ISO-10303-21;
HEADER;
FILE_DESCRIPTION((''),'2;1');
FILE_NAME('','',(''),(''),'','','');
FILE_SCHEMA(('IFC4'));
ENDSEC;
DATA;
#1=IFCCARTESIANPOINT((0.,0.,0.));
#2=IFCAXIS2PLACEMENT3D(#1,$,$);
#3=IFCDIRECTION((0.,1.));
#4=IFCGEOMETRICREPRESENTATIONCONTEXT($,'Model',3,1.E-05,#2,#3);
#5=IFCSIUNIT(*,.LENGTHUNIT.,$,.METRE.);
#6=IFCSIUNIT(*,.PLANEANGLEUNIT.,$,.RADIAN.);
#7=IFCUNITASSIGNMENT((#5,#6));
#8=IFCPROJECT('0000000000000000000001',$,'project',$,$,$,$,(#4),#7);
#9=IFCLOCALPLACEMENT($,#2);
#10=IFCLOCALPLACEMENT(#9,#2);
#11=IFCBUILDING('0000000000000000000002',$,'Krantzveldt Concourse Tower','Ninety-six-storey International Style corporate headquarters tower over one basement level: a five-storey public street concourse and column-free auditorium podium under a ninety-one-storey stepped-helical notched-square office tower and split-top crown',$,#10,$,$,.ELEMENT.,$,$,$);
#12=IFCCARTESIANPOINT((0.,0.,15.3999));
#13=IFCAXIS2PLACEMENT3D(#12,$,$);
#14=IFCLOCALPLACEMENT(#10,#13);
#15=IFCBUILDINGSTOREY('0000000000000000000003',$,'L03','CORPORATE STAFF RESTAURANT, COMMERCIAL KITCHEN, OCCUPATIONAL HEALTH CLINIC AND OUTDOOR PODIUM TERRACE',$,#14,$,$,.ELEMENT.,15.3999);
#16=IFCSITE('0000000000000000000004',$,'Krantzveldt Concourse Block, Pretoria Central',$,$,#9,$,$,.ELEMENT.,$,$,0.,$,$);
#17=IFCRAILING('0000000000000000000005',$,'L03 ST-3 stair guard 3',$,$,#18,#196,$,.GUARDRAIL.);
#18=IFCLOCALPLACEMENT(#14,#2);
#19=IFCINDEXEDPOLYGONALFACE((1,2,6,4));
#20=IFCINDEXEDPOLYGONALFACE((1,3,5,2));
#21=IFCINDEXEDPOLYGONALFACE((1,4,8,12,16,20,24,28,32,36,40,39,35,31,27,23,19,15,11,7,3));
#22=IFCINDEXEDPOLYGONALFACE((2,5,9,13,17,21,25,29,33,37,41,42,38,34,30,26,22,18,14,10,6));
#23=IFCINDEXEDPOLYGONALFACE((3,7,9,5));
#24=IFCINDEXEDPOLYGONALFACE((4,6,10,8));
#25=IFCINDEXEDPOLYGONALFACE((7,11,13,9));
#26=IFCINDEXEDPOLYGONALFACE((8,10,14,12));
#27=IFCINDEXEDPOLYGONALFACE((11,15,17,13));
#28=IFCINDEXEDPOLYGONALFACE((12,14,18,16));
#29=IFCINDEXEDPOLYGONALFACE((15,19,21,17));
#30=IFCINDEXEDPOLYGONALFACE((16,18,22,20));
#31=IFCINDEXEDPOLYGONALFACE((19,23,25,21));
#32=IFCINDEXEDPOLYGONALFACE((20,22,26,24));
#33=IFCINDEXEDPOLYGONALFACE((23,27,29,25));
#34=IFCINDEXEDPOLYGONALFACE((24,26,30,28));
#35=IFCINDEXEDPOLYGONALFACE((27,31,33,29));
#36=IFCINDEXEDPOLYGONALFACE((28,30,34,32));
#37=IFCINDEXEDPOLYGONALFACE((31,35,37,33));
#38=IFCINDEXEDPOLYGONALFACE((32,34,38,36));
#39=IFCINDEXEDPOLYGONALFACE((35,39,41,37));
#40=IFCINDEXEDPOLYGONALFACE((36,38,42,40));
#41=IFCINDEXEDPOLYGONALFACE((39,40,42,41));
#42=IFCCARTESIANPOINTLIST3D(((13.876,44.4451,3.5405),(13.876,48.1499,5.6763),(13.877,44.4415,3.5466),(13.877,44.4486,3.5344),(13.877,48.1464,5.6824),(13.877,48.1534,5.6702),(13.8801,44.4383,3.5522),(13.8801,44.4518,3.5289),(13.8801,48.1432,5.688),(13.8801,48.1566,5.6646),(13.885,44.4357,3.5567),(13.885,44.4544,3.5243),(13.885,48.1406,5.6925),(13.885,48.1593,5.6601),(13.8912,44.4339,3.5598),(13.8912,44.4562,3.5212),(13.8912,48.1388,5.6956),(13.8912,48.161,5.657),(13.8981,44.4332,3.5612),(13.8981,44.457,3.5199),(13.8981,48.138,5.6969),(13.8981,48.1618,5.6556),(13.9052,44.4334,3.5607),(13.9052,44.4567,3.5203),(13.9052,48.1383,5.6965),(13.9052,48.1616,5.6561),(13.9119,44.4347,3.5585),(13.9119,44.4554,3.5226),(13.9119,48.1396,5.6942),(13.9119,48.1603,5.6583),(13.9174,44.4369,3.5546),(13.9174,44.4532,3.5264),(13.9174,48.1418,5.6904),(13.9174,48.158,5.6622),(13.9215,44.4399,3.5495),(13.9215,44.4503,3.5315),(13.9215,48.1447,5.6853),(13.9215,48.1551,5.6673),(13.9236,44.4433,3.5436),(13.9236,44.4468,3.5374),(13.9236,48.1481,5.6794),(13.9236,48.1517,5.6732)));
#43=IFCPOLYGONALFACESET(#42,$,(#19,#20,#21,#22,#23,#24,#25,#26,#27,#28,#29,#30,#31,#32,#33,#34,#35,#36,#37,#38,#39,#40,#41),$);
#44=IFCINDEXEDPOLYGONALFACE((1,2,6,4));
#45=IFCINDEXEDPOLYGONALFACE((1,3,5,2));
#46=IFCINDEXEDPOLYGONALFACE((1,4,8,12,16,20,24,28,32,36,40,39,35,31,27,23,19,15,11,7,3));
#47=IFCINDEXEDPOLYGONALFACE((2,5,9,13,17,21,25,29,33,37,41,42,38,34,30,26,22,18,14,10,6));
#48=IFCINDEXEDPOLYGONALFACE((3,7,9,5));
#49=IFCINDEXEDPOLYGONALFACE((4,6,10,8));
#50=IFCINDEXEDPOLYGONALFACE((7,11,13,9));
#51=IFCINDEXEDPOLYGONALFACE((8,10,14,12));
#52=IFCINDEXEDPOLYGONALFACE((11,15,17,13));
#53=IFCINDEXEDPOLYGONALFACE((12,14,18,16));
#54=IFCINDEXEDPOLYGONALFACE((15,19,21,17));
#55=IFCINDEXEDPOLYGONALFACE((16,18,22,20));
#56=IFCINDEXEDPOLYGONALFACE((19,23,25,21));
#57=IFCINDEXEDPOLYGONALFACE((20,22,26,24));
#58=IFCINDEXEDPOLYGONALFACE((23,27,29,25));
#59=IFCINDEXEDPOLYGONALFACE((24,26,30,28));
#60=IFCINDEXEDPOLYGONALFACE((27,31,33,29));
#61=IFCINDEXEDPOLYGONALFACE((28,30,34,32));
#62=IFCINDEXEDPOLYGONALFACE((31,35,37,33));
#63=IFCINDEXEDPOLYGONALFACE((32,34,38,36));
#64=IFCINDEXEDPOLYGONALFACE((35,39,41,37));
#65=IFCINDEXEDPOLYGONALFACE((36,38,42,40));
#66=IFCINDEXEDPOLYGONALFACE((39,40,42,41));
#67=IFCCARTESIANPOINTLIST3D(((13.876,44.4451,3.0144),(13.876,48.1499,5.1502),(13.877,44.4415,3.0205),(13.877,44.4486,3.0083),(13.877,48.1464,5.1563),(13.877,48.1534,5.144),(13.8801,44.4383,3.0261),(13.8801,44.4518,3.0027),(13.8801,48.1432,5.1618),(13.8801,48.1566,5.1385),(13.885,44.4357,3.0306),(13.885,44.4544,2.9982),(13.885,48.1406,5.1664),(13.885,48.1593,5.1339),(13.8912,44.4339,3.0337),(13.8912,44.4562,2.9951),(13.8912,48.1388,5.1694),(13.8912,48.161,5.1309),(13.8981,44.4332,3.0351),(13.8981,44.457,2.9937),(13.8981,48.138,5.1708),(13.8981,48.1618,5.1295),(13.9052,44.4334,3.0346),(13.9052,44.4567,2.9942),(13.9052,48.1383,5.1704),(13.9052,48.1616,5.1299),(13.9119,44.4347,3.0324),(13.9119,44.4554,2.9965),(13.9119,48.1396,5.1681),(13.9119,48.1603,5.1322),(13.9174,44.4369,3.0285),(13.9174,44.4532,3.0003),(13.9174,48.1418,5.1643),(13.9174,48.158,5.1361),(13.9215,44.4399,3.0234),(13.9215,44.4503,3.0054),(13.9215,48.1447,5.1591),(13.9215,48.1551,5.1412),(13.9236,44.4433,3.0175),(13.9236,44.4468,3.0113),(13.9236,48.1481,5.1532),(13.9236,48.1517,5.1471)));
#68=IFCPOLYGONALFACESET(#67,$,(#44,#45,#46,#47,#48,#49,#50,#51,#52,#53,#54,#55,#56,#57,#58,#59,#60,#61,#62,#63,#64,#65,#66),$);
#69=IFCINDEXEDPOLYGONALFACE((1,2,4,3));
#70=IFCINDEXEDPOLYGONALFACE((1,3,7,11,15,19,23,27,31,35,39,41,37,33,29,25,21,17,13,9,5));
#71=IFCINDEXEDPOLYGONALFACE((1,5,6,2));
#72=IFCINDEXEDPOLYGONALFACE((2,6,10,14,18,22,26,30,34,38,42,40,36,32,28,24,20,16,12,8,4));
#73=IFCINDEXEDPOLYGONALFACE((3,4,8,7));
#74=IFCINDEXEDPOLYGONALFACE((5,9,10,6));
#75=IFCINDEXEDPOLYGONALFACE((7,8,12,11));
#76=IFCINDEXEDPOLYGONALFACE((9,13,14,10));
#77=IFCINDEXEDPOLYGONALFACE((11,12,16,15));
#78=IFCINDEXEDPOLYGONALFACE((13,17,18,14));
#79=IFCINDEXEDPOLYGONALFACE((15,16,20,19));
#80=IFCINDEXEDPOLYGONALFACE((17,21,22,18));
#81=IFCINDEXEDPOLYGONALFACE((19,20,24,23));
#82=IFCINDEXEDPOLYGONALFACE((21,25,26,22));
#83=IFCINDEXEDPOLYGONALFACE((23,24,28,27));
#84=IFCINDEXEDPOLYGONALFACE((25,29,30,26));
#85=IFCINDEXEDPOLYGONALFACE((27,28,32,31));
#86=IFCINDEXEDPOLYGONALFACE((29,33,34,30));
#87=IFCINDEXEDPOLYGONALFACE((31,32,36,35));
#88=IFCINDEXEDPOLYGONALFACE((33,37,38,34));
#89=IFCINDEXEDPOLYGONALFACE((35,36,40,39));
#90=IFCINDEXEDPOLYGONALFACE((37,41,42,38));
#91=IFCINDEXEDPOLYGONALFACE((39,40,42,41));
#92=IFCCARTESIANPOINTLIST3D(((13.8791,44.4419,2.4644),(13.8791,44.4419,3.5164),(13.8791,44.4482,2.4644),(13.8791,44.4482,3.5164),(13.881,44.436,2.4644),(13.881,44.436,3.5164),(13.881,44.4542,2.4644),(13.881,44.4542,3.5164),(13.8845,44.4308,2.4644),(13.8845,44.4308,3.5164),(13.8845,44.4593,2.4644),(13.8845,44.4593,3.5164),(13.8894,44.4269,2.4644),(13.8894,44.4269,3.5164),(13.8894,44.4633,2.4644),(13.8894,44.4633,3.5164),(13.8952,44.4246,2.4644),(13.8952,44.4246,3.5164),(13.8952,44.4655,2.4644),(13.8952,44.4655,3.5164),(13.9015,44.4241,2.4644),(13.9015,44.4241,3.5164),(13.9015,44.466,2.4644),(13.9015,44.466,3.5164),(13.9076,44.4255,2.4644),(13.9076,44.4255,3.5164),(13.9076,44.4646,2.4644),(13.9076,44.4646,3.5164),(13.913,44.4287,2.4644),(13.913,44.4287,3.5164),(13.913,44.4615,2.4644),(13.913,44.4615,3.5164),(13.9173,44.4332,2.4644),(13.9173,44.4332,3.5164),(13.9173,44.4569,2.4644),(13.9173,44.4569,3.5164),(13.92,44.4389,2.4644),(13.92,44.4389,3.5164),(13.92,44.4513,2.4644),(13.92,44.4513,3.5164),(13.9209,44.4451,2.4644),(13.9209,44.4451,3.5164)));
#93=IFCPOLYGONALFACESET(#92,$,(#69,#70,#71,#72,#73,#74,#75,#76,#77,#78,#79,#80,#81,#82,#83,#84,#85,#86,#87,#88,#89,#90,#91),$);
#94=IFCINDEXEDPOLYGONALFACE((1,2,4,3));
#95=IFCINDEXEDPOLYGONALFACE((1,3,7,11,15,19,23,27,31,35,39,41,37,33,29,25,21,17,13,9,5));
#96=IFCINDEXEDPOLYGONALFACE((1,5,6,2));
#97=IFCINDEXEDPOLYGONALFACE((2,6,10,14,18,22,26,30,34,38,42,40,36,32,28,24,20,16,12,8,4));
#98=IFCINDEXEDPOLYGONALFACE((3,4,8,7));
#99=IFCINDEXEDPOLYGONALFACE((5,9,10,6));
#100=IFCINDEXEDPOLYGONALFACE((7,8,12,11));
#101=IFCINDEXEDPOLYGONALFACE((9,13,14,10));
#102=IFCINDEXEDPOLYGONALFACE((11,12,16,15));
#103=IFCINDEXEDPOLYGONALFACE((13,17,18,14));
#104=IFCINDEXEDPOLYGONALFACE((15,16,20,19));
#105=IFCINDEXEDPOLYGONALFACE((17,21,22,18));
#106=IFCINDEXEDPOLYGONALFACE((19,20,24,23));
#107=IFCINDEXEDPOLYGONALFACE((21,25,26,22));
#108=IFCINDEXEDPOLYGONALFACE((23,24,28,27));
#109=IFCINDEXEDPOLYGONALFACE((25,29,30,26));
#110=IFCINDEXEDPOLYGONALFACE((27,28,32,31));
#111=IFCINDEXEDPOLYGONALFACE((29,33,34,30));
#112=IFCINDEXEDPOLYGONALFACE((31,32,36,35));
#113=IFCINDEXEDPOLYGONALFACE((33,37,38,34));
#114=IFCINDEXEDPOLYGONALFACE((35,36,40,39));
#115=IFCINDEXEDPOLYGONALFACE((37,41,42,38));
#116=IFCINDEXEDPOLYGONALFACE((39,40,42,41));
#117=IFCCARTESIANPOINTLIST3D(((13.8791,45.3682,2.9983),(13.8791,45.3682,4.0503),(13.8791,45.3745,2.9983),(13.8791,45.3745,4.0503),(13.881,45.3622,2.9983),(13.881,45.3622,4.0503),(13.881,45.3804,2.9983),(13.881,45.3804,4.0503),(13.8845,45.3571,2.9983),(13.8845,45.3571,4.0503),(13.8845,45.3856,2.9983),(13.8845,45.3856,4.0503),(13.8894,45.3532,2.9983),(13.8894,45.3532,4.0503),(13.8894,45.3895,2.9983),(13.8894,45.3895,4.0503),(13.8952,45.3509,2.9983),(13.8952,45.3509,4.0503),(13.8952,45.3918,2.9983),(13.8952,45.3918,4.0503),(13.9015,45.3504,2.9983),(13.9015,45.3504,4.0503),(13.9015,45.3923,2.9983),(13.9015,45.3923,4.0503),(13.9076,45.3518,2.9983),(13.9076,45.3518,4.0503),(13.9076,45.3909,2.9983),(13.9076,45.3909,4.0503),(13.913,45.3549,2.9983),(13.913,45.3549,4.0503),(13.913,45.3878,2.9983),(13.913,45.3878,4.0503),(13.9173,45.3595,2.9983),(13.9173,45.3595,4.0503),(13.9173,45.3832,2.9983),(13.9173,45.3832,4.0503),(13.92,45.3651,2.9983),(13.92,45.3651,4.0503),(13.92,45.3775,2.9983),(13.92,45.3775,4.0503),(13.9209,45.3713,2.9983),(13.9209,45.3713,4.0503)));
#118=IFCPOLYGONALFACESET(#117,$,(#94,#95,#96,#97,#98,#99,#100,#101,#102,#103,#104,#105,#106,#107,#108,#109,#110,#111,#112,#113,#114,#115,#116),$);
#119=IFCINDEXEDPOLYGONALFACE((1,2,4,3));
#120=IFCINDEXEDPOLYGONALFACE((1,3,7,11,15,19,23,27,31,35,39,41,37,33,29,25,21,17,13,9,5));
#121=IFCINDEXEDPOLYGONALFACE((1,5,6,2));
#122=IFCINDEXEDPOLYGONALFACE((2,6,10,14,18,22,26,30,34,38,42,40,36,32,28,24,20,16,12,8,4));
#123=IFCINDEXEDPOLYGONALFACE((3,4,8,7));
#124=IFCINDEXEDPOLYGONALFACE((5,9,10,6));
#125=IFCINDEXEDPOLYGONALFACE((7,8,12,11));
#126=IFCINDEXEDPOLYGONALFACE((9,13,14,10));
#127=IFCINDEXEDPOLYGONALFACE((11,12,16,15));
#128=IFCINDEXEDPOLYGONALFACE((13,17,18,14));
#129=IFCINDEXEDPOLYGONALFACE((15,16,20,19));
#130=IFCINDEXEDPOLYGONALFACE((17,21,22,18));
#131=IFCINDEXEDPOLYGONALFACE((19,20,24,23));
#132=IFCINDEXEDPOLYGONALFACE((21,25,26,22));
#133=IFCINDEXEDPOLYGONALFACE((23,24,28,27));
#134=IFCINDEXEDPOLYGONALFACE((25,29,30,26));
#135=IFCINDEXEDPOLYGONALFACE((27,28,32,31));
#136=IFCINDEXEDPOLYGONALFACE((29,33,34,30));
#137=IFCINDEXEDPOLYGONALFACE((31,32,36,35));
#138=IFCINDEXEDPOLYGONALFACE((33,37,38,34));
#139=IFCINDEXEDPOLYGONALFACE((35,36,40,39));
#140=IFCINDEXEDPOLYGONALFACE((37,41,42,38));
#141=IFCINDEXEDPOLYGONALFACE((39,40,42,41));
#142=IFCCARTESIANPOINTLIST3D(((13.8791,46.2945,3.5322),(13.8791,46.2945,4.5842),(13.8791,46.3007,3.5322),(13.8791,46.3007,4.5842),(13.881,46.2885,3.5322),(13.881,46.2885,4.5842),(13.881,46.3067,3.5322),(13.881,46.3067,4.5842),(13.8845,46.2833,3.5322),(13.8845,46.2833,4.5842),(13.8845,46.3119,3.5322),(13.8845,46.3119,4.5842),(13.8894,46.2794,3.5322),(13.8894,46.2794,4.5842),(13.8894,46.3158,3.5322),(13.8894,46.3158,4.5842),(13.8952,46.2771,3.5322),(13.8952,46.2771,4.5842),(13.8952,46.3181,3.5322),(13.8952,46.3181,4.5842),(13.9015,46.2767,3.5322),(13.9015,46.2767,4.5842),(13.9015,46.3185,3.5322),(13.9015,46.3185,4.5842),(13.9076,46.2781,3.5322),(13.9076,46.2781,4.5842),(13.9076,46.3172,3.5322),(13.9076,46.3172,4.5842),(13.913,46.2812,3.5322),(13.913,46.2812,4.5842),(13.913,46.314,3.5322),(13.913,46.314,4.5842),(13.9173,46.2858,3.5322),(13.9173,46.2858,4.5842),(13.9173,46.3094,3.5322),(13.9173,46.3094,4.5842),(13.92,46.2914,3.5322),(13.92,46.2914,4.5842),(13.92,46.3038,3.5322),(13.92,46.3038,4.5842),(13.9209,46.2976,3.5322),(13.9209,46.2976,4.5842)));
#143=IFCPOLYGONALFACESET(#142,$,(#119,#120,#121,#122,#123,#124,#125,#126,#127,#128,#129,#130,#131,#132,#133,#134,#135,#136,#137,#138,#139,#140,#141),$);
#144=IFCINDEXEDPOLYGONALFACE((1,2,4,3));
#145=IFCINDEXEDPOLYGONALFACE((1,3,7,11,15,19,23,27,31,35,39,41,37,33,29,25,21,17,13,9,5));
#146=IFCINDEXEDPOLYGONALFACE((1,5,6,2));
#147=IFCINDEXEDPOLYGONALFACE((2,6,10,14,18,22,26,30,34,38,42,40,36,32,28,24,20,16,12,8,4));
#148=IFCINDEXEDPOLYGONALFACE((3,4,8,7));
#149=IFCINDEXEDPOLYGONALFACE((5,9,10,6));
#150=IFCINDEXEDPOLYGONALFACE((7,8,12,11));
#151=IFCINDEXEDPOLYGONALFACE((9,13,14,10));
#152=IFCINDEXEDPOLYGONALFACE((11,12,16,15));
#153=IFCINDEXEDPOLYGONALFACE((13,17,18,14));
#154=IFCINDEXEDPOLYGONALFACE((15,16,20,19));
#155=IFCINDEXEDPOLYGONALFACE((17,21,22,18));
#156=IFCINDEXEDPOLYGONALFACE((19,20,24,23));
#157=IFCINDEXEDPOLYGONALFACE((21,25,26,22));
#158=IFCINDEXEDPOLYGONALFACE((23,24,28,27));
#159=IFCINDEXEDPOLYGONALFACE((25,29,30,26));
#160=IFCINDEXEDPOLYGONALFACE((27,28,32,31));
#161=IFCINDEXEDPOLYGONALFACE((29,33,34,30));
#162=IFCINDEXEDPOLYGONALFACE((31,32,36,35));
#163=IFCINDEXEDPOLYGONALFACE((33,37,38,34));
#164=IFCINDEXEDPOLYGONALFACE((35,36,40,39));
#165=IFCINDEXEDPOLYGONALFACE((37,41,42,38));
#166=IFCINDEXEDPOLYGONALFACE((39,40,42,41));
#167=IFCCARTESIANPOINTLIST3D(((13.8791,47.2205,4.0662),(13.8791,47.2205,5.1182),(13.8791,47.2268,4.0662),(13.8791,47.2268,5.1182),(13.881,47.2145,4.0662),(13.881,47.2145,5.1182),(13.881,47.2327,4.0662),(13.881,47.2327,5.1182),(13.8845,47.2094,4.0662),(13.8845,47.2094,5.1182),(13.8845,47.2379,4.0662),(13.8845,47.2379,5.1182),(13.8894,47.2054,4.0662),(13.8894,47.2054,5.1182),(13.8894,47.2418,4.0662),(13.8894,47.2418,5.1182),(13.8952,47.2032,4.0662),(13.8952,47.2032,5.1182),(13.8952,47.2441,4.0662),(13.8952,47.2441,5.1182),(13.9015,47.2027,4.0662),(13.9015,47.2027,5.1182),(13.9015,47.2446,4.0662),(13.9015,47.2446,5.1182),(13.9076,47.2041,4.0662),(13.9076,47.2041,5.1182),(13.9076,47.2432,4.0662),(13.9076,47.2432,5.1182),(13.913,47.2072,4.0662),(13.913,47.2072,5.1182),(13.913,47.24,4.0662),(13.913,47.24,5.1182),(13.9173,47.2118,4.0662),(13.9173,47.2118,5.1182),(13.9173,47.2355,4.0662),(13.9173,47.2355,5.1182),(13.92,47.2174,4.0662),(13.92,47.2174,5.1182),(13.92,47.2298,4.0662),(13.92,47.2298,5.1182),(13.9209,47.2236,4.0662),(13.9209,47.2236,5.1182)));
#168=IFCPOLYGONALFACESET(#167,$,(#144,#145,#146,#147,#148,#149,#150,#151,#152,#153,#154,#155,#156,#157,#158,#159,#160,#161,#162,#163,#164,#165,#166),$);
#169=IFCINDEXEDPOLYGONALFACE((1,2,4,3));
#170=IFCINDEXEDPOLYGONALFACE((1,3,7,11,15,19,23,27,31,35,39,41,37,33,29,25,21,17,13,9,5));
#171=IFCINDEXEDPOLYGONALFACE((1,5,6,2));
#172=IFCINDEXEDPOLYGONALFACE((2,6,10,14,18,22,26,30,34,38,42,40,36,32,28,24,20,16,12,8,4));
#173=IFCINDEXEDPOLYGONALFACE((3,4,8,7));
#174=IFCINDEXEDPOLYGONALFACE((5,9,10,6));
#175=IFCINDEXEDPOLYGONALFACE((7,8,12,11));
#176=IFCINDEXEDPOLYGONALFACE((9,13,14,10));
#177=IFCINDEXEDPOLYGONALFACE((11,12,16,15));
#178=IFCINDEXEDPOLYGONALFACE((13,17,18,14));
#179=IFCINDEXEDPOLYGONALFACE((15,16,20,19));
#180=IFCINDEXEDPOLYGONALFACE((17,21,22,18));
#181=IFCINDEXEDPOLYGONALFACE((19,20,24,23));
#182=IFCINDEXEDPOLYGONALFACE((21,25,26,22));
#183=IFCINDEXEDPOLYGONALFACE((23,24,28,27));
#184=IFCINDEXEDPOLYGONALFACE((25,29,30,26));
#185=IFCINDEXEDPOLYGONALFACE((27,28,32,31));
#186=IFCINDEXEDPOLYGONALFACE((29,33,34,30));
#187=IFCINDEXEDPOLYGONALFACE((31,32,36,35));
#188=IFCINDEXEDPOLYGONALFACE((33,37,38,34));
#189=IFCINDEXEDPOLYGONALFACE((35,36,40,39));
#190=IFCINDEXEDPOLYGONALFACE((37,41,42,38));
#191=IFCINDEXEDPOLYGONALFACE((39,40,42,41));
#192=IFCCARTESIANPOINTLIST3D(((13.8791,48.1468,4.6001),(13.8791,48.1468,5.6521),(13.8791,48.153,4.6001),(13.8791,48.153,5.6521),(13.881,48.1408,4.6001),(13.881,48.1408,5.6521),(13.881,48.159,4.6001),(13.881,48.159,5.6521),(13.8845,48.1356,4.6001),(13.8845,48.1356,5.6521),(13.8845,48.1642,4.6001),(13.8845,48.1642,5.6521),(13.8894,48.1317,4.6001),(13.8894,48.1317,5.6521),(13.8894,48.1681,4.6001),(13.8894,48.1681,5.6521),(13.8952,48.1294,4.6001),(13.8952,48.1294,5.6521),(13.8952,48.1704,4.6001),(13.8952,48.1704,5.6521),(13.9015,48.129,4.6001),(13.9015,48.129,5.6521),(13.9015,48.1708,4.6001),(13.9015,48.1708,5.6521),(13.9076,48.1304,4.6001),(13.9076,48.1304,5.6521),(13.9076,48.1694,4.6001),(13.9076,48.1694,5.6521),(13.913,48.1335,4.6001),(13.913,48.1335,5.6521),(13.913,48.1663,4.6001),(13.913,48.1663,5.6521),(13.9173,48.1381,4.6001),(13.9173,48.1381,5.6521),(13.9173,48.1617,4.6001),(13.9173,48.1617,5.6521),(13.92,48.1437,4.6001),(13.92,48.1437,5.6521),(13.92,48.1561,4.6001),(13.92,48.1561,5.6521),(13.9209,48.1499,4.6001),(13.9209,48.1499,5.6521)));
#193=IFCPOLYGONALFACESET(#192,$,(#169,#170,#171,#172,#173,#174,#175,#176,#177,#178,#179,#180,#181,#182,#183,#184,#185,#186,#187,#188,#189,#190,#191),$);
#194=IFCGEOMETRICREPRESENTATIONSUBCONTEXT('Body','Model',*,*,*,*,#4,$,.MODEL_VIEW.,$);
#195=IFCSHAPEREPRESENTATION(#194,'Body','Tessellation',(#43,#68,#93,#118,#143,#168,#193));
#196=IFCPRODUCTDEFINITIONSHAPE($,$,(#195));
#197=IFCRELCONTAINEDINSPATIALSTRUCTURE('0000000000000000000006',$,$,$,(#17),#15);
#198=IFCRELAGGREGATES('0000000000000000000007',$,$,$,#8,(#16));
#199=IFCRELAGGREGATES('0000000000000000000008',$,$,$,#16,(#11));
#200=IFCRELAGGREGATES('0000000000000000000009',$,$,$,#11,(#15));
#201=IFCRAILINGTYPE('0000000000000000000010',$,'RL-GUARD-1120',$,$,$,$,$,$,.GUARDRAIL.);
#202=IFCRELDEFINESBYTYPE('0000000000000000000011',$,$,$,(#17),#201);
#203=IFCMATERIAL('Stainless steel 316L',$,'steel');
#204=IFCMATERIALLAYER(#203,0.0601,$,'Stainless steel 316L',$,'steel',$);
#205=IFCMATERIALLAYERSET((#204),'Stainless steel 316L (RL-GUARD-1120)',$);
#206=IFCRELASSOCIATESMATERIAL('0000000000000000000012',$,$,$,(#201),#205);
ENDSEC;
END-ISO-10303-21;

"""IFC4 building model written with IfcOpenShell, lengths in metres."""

from ifc_helpers import new_model, si_unit, direction, frame, origin, origin_2d, place, context, subcontext, project, spatial, circle, extrude, material, layer, layer_set, type_object, element, save


model = new_model("IFC4")

# Units and contexts
model_context = context("Model", 3, precision=1e-05, world=origin(), true_north=direction((0.0, 1.0)))
body_context = subcontext(model_context, "Body", "Model", "MODEL_VIEW")
ifc_project = project(units=[si_unit("LENGTHUNIT", "METRE"), si_unit("PLANEANGLEUNIT", "RADIAN")], contexts=[model_context])

# Site, building, storey
site_placement = place(None, origin())
site = spatial("IfcSite", under=ifc_project, at=site_placement, Name="Krantzveldt Concourse Block, Pretoria Central", CompositionType="ELEMENT", RefElevation=0.0)
building_placement = place(site_placement, origin())
building = spatial("IfcBuilding", under=site, at=building_placement, Name="Krantzveldt Concourse Tower", Description="Ninety-six-storey International Style corporate headquarters tower over one basement level: a five-storey public street concourse and column-free auditorium podium under a ninety-one-storey stepped-helical notched-square office tower and split-top crown", CompositionType="ELEMENT")
storey_placement = place(building_placement, frame((0.0, 0.0, 15.3999)))
storey = spatial("IfcBuildingStorey", under=building, at=storey_placement, Name="L03", Description="CORPORATE STAFF RESTAURANT, COMMERCIAL KITCHEN, OCCUPATIONAL HEALTH CLINIC AND OUTDOOR PODIUM TERRACE", CompositionType="ELEMENT", Elevation=15.3999)

# Railing
ifc_material_1 = material(Name="Stainless steel 316L", Category="steel")
ifc_layer_1 = layer(ifc_material_1, 0.0601, Name="Stainless steel 316L", Category="steel")
ifc_layer_set_1 = layer_set([ifc_layer_1], Name="Stainless steel 316L (RL-GUARD-1120)")
railing_type_1 = type_object("IfcRailingType", Name="RL-GUARD-1120", PredefinedType="GUARDRAIL", material=ifc_layer_set_1)
railing_1_placement = place(storey_placement, frame((13.8999, 44.4451, 2.4644)))
element("IfcRailing", 1, at=railing_1_placement, inside=storey, type_object=railing_type_1, Name="L03 ST-3 stair guard 3", PredefinedType="GUARDRAIL", context=body_context, shape_type="SweptSolid", body=[
    extrude(circle(Radius=0.0239, at=origin_2d()), frame((0.0, 0.0, 1.0762), z_axis=(0.0, 0.866354, 0.499431), x_axis=(-1.0, 0.0, 0.0)), (0.0, 0.0, 1.0), 4.2764),
    extrude(circle(Radius=0.0239, at=origin_2d()), frame((0.0, 0.0, 0.55), z_axis=(0.0, 0.866354, 0.499431), x_axis=(-1.0, 0.0, 0.0)), (0.0, 0.0, 1.0), 4.2764),
    extrude(circle(Radius=0.021, at=origin_2d()), origin(), (0.0, 0.0, 1.0), 1.052),
    extrude(circle(Radius=0.021, at=origin_2d()), frame((0.0, 0.9263, 0.5339)), (0.0, 0.0, 1.0), 1.052),
    extrude(circle(Radius=0.021, at=origin_2d()), frame((0.0, 1.8525, 1.0679)), (0.0, 0.0, 1.0), 1.052),
    extrude(circle(Radius=0.021, at=origin_2d()), frame((0.0, 2.7786, 1.6018)), (0.0, 0.0, 1.0), 1.052),
    extrude(circle(Radius=0.021, at=origin_2d()), frame((0.0, 3.7048, 2.1357)), (0.0, 0.0, 1.0), 1.052),
])

save(model, "model.ifc")
